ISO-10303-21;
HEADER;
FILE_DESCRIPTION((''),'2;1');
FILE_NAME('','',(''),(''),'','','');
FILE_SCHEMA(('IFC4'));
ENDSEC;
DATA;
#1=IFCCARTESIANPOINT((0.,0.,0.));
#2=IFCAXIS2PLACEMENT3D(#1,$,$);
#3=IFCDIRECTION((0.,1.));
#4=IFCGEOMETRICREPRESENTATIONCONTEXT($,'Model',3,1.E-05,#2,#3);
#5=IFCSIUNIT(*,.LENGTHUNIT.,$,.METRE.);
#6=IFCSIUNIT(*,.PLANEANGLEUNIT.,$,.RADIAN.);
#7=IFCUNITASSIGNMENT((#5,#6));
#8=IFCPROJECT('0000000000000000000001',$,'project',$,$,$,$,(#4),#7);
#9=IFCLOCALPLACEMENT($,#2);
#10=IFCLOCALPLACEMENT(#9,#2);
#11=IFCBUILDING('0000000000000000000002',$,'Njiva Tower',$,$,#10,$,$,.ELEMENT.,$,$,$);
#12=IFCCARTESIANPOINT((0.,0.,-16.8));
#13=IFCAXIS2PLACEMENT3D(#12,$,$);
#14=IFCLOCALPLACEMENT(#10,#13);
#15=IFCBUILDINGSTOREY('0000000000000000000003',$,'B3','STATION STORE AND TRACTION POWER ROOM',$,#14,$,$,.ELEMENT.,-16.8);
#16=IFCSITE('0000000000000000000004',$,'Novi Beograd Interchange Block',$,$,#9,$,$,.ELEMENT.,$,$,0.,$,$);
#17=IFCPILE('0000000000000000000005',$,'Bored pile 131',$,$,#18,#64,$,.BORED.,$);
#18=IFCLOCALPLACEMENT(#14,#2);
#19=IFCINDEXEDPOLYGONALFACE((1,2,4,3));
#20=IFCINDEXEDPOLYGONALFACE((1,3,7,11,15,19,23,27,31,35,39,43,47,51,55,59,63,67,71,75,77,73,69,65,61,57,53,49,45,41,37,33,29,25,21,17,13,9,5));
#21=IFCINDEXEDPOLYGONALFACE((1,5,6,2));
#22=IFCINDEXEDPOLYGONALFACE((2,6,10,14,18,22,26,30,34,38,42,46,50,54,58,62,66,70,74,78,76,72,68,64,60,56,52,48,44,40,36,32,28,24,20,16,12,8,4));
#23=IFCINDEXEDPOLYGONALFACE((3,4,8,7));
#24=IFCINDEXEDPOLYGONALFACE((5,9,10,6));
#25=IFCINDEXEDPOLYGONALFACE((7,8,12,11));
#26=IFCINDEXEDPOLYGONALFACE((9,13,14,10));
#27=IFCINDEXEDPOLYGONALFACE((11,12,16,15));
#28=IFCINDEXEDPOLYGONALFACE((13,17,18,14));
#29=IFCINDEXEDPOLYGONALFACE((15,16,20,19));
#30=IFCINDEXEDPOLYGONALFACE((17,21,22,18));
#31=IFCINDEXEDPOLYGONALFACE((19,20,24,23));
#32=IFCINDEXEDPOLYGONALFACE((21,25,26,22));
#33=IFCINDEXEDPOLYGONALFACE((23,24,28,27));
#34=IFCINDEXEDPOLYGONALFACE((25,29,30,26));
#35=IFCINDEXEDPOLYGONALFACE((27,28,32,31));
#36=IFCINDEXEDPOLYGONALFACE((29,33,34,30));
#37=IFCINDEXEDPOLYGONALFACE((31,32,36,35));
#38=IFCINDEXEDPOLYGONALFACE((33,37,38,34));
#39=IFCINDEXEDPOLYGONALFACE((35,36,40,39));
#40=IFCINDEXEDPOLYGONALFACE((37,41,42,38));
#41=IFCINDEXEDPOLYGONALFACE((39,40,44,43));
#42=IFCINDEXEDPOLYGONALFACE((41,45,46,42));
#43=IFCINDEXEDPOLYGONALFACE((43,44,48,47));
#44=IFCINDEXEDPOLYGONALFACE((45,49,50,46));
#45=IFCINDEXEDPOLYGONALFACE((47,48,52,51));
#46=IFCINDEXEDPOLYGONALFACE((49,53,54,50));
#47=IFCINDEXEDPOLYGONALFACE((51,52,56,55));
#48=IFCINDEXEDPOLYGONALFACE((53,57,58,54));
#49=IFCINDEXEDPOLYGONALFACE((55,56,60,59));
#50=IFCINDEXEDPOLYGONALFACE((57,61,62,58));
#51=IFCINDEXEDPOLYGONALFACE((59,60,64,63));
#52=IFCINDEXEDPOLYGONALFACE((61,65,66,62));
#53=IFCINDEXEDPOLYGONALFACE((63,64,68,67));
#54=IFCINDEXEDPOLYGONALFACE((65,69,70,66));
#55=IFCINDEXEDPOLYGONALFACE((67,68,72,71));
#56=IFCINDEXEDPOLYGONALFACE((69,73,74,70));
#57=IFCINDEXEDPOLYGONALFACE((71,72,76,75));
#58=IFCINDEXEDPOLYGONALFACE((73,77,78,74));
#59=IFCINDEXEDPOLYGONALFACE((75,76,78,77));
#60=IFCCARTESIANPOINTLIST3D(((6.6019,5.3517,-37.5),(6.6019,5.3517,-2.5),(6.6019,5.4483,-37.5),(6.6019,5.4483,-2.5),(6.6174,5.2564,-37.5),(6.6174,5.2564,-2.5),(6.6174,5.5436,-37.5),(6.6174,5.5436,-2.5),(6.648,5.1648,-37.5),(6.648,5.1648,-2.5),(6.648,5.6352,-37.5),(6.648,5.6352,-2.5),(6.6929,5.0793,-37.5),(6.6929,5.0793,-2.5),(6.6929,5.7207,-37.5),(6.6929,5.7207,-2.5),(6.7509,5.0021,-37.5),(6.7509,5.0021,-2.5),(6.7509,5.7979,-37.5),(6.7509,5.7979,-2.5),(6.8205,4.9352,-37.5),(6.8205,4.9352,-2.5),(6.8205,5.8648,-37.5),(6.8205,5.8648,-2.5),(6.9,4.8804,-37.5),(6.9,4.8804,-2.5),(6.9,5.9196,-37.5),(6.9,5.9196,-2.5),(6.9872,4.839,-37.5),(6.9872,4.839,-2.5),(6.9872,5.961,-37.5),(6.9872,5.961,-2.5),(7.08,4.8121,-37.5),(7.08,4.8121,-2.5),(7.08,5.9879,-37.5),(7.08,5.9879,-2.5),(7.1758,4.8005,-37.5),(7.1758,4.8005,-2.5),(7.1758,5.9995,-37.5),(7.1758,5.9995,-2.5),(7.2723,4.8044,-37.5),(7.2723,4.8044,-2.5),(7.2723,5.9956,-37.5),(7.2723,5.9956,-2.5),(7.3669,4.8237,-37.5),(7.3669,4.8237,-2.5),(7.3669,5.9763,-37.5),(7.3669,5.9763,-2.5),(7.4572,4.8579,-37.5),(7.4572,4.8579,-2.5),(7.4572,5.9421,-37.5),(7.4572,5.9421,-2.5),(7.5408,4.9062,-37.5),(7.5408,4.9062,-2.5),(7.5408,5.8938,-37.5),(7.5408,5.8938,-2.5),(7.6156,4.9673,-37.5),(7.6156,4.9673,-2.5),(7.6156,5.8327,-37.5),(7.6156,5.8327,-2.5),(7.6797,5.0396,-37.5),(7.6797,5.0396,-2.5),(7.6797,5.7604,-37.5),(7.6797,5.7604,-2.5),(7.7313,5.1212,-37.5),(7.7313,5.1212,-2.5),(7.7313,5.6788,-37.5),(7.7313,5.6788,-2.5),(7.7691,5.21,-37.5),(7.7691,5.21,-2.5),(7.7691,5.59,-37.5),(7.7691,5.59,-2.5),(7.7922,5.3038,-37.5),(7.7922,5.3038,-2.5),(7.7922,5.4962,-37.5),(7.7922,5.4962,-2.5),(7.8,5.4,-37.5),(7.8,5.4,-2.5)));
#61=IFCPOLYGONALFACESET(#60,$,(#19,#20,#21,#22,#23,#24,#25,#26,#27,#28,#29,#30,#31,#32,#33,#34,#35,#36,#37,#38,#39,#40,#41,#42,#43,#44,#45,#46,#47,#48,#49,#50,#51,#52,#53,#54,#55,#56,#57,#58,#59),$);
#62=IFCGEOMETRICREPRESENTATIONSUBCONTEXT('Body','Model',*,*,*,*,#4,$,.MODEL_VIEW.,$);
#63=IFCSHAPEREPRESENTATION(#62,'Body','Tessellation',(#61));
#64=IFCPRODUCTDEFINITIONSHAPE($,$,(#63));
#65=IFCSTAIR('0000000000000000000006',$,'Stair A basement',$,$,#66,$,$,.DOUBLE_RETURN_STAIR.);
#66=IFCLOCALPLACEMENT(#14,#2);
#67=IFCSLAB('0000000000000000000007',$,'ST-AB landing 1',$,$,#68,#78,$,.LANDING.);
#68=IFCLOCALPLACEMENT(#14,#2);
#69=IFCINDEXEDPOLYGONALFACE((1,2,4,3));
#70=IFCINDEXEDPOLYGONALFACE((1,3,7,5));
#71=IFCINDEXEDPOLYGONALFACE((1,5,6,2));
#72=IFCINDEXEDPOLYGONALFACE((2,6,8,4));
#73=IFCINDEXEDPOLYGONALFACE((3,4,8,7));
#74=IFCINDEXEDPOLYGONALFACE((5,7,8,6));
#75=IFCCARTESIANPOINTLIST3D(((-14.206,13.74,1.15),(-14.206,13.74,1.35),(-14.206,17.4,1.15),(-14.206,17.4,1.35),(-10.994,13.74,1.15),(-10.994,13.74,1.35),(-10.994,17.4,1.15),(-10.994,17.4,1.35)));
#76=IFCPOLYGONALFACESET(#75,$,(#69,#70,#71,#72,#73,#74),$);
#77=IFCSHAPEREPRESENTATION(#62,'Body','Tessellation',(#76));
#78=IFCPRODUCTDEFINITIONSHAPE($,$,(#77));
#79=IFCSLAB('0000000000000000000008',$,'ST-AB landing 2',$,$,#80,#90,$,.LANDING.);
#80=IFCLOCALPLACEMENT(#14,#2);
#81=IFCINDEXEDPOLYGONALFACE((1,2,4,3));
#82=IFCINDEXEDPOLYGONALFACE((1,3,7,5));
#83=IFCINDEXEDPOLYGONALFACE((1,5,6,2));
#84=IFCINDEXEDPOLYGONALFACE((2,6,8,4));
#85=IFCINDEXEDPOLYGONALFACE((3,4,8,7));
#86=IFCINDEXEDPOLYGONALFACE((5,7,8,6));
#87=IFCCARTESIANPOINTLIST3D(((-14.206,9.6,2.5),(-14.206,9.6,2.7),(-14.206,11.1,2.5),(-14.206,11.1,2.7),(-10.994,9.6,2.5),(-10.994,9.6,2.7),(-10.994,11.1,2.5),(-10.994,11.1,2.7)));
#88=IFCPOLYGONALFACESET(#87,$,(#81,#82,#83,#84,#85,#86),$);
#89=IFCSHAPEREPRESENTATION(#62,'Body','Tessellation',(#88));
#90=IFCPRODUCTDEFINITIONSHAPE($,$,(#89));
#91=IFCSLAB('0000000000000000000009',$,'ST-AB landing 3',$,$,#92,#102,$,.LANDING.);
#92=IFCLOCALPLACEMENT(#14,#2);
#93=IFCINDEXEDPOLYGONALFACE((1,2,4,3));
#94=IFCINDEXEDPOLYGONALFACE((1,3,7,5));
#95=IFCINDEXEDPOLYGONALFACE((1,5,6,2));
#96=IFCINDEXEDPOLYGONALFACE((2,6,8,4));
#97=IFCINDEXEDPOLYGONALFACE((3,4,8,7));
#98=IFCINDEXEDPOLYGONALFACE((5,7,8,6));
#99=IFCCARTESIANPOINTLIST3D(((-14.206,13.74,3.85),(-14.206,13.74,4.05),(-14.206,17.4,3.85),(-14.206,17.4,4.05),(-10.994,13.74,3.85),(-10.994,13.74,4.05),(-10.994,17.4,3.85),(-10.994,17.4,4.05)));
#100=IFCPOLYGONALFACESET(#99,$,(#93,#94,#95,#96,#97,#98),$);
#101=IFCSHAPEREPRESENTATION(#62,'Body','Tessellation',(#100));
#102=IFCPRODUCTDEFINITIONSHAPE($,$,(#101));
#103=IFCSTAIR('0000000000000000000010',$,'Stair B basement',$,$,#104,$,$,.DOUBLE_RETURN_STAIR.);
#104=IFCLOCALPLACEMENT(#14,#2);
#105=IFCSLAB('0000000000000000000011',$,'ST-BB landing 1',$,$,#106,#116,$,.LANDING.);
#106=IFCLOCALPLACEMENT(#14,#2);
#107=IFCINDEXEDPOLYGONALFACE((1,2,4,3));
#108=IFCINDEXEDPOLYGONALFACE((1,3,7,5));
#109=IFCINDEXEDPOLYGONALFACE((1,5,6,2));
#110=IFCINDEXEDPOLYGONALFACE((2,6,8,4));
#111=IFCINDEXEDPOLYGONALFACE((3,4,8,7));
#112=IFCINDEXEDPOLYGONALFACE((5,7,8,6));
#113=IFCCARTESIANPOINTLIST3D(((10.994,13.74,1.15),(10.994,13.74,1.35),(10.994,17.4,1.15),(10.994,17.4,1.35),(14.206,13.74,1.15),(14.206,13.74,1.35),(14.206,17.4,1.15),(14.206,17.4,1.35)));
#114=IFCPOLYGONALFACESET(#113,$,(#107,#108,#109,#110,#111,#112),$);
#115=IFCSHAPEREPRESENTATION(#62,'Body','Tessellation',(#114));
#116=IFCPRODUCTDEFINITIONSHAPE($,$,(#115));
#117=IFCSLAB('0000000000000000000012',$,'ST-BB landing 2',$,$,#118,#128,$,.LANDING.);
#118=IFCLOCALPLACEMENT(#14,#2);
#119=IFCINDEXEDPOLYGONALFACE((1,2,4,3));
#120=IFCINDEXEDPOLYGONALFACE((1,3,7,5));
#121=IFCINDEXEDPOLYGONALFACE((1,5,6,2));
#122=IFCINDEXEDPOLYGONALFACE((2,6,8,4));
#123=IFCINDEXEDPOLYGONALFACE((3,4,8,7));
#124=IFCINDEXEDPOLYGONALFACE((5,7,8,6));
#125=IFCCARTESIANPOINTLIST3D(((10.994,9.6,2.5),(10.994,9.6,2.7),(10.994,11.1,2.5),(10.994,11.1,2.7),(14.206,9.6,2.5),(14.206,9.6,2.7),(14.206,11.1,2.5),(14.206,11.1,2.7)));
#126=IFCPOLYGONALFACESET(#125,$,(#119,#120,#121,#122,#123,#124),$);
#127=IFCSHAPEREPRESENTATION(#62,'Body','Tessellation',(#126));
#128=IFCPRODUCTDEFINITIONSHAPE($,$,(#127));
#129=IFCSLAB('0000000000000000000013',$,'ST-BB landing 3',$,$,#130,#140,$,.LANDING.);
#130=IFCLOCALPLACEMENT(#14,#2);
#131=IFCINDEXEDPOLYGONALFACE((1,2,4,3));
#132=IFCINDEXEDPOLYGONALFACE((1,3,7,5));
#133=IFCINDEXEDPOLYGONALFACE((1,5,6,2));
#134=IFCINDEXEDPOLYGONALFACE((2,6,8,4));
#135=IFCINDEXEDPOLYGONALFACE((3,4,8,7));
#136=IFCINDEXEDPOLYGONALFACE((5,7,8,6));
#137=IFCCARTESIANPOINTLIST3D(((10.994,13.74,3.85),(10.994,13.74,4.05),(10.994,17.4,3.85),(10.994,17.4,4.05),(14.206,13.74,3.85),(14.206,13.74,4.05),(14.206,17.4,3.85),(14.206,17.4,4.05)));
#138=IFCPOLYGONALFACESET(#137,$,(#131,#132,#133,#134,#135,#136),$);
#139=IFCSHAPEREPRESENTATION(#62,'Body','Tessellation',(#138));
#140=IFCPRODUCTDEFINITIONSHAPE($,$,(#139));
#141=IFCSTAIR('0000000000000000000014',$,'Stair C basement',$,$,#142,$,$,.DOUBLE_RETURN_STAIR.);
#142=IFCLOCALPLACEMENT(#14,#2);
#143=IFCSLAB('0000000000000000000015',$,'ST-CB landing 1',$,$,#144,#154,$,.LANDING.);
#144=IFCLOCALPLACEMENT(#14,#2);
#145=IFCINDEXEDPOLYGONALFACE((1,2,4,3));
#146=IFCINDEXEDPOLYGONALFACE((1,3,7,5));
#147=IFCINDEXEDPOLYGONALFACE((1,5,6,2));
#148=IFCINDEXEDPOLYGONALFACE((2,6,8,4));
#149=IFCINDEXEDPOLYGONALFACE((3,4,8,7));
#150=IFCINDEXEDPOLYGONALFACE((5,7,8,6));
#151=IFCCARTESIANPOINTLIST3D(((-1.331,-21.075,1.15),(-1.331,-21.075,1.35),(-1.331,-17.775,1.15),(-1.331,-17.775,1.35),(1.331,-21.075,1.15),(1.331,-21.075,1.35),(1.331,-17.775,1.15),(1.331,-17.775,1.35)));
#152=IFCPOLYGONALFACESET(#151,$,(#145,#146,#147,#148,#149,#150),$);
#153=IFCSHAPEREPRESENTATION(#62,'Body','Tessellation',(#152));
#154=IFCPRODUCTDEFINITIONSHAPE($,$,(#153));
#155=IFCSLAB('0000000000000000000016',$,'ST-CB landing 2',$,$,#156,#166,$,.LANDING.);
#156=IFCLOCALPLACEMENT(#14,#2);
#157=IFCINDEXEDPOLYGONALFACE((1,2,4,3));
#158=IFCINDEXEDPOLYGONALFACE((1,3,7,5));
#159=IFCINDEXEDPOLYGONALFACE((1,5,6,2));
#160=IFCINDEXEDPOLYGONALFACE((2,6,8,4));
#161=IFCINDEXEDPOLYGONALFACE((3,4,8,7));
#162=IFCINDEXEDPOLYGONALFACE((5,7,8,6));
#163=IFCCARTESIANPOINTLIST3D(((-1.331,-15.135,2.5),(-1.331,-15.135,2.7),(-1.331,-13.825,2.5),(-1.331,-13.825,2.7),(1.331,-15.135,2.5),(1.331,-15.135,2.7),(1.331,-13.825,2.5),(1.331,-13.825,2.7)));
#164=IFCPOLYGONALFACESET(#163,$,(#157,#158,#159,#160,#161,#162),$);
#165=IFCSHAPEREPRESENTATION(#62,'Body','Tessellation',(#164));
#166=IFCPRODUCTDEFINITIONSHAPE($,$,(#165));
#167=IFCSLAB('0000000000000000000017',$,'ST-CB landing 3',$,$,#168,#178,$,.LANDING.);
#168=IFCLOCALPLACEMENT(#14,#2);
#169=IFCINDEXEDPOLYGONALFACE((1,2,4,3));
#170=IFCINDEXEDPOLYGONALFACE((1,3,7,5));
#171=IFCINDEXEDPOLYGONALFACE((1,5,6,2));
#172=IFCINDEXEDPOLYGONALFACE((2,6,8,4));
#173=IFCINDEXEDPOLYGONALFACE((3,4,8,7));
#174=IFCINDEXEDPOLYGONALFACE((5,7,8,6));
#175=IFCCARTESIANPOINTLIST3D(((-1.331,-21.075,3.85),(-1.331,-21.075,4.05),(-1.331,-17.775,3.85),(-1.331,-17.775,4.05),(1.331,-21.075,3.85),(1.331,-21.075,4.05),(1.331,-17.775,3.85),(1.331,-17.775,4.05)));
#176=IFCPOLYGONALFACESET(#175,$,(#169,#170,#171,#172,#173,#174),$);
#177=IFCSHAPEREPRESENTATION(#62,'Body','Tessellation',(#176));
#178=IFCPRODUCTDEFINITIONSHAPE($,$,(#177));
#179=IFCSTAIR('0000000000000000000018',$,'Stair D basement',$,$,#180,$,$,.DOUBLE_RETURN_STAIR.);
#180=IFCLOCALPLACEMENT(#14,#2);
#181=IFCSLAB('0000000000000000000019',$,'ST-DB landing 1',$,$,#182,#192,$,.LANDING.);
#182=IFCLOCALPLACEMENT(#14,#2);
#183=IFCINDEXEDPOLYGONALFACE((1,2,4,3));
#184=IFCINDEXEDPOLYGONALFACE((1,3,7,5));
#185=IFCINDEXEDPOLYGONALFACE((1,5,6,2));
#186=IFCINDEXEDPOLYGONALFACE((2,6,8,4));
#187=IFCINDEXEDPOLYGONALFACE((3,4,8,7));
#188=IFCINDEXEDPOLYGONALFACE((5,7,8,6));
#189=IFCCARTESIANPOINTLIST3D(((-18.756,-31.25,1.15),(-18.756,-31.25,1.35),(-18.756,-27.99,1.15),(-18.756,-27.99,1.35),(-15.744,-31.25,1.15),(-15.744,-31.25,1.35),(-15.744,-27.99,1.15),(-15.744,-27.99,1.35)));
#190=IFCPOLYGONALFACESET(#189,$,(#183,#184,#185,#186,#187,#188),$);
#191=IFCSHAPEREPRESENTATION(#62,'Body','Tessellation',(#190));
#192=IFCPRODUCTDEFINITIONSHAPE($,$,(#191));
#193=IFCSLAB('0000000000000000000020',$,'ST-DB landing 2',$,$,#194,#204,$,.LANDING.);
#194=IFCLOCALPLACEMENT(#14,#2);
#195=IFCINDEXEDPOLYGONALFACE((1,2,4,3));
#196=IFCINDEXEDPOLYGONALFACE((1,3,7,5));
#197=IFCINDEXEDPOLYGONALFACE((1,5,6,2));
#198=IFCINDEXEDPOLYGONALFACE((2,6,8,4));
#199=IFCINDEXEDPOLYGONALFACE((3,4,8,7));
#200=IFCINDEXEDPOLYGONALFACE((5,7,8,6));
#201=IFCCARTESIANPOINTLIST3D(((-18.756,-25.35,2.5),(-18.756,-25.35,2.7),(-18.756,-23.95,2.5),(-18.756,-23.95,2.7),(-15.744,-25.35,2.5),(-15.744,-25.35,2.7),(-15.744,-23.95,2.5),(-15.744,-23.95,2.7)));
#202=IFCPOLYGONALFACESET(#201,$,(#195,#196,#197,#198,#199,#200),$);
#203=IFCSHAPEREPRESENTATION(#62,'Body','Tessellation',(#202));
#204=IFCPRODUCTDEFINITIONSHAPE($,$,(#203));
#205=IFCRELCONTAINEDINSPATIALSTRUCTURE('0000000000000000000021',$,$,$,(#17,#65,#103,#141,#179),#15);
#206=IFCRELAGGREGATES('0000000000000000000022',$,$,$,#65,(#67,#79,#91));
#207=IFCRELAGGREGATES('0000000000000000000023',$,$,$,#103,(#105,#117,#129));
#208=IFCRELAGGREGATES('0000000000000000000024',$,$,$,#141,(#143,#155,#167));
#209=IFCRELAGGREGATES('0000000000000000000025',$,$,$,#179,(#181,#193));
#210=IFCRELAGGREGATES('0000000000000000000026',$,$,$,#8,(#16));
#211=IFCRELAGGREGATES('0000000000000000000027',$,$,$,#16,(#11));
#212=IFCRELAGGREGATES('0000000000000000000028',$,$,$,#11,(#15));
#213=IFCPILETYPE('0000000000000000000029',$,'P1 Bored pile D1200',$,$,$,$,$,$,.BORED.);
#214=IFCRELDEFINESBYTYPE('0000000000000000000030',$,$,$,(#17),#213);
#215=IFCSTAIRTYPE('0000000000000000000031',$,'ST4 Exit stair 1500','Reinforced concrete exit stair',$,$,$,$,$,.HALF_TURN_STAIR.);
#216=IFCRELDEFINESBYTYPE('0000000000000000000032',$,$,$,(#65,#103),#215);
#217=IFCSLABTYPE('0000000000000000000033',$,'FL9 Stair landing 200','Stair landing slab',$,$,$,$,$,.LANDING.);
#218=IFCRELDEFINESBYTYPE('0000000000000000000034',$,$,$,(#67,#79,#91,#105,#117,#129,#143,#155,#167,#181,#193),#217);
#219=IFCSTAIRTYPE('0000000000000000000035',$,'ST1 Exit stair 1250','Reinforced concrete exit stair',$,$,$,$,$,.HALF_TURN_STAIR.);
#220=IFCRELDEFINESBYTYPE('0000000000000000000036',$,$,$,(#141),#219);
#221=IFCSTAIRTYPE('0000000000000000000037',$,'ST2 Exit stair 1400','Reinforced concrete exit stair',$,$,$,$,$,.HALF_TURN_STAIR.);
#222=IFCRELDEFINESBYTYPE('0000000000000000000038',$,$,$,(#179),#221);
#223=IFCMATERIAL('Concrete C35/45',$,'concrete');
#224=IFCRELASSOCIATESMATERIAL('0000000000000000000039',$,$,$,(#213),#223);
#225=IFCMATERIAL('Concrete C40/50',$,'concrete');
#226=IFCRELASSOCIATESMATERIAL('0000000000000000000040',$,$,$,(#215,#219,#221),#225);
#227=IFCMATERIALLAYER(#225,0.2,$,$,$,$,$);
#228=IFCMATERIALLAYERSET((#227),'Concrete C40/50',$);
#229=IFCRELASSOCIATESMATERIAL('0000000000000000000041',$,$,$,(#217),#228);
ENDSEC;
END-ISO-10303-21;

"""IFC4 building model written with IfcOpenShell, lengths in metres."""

from ifc_helpers import new_model, si_unit, direction, frame, origin, origin_2d, place, context, subcontext, project, spatial, polyline, circle, outline, extrude, material, layer, layer_set, material_profile, profile_set, type_object, element, aggregate, save


model = new_model("IFC4")

# Units and contexts
model_context = context("Model", 3, precision=1e-05, world=origin(), true_north=direction((0.0, 1.0)))
body_context = subcontext(model_context, "Body", "Model", "MODEL_VIEW")
ifc_project = project(units=[si_unit("LENGTHUNIT", "METRE"), si_unit("PLANEANGLEUNIT", "RADIAN")], contexts=[model_context])

# Site, building, storey
site_placement = place(None, origin())
site = spatial("IfcSite", under=ifc_project, at=site_placement, Name="Novi Beograd Interchange Block", CompositionType="ELEMENT", RefElevation=0.0)
building_placement = place(site_placement, origin())
building = spatial("IfcBuilding", under=site, at=building_placement, Name="Njiva Tower", CompositionType="ELEMENT")
storey_placement = place(building_placement, frame((0.0, 0.0, -16.8)))
storey = spatial("IfcBuildingStorey", under=building, at=storey_placement, Name="B3", Description="STATION STORE AND TRACTION POWER ROOM", CompositionType="ELEMENT", Elevation=-16.8)

# Pile
ifc_material_1 = material(Name="Concrete C35/45", Category="concrete")
ifc_material_profile = material_profile(ifc_material_1, circle(Radius=0.6, at=origin_2d()), Name="D1200")
ifc_profile_set = profile_set([ifc_material_profile], Name="Concrete C35/45")
pile_type = type_object("IfcPileType", Name="P1 Bored pile D1200", PredefinedType="BORED", material=ifc_profile_set)
for number, where, z_axis, x_axis, name in (
    (1, (7.2, 5.4, -2.5), (0.0, 0.0, -1.0), (1.0, 0.0, 0.0), "Bored pile 131"),
):
    element("IfcPile", number, at=place(storey_placement, frame(where, z_axis=z_axis, x_axis=x_axis)), inside=storey, type_object=pile_type, Name=name, PredefinedType="BORED", context=body_context, shape_type="SweptSolid", body=[
        extrude(circle(Radius=0.6, at=origin_2d()), origin(), (0.0, 0.0, 1.0), 35.0),
    ])

# Stairs, slabs
ifc_material_2 = material(Name="Concrete C40/50", Category="concrete")
stair_type_1 = type_object("IfcStairType", Name="ST4 Exit stair 1500", Description="Reinforced concrete exit stair", PredefinedType="HALF_TURN_STAIR", material=ifc_material_2)
stair_1_placement = place(storey_placement, origin())
stair_1 = element("IfcStair", 2, at=stair_1_placement, inside=storey, type_object=stair_type_1, Name="Stair A basement", PredefinedType="DOUBLE_RETURN_STAIR")
ifc_layer_1 = layer(ifc_material_2, 0.2)
ifc_layer_set_1 = layer_set([ifc_layer_1], Name="Concrete C40/50")
slab_type = type_object("IfcSlabType", Name="FL9 Stair landing 200", Description="Stair landing slab", PredefinedType="LANDING", material=ifc_layer_set_1)
slab_1_placement = place(storey_placement, frame((0.0, 0.0, 1.15)))
slab_1 = element("IfcSlab", 3, at=slab_1_placement, type_object=slab_type, Name="ST-AB landing 1", PredefinedType="LANDING", context=body_context, shape_type="SweptSolid", body=[
    extrude(outline(polyline([(-14.206, 13.74), (-10.994, 13.74), (-10.994, 17.4), (-14.206, 17.4), (-14.206, 13.74)])), origin(), (0.0, 0.0, 1.0), 0.2),
])
slab_2_placement = place(storey_placement, frame((0.0, 0.0, 2.5)))
slab_2 = element("IfcSlab", 4, at=slab_2_placement, type_object=slab_type, Name="ST-AB landing 2", PredefinedType="LANDING", context=body_context, shape_type="SweptSolid", body=[
    extrude(outline(polyline([(-14.206, 9.6), (-10.994, 9.6), (-10.994, 11.1), (-14.206, 11.1), (-14.206, 9.6)])), origin(), (0.0, 0.0, 1.0), 0.2),
])
slab_3_placement = place(storey_placement, frame((0.0, 0.0, 3.85)))
slab_3 = element("IfcSlab", 5, at=slab_3_placement, type_object=slab_type, Name="ST-AB landing 3", PredefinedType="LANDING", context=body_context, shape_type="SweptSolid", body=[
    extrude(outline(polyline([(-14.206, 13.74), (-10.994, 13.74), (-10.994, 17.4), (-14.206, 17.4), (-14.206, 13.74)])), origin(), (0.0, 0.0, 1.0), 0.2),
])
aggregate(stair_1, [slab_1, slab_2, slab_3])
stair_2_placement = place(storey_placement, origin())
stair_2 = element("IfcStair", 6, at=stair_2_placement, inside=storey, type_object=stair_type_1, Name="Stair B basement", PredefinedType="DOUBLE_RETURN_STAIR")
slab_4_placement = place(storey_placement, frame((0.0, 0.0, 1.15)))
slab_4 = element("IfcSlab", 7, at=slab_4_placement, type_object=slab_type, Name="ST-BB landing 1", PredefinedType="LANDING", context=body_context, shape_type="SweptSolid", body=[
    extrude(outline(polyline([(10.994, 13.74), (14.206, 13.74), (14.206, 17.4), (10.994, 17.4), (10.994, 13.74)])), origin(), (0.0, 0.0, 1.0), 0.2),
])
slab_5_placement = place(storey_placement, frame((0.0, 0.0, 2.5)))
slab_5 = element("IfcSlab", 8, at=slab_5_placement, type_object=slab_type, Name="ST-BB landing 2", PredefinedType="LANDING", context=body_context, shape_type="SweptSolid", body=[
    extrude(outline(polyline([(10.994, 9.6), (14.206, 9.6), (14.206, 11.1), (10.994, 11.1), (10.994, 9.6)])), origin(), (0.0, 0.0, 1.0), 0.2),
])
slab_6_placement = place(storey_placement, frame((0.0, 0.0, 3.85)))
slab_6 = element("IfcSlab", 9, at=slab_6_placement, type_object=slab_type, Name="ST-BB landing 3", PredefinedType="LANDING", context=body_context, shape_type="SweptSolid", body=[
    extrude(outline(polyline([(10.994, 13.74), (14.206, 13.74), (14.206, 17.4), (10.994, 17.4), (10.994, 13.74)])), origin(), (0.0, 0.0, 1.0), 0.2),
])
aggregate(stair_2, [slab_4, slab_5, slab_6])
stair_type_2 = type_object("IfcStairType", Name="ST1 Exit stair 1250", Description="Reinforced concrete exit stair", PredefinedType="HALF_TURN_STAIR", material=ifc_material_2)
stair_3_placement = place(storey_placement, origin())
stair_3 = element("IfcStair", 10, at=stair_3_placement, inside=storey, type_object=stair_type_2, Name="Stair C basement", PredefinedType="DOUBLE_RETURN_STAIR")
slab_7_placement = place(storey_placement, frame((0.0, 0.0, 1.15)))
slab_7 = element("IfcSlab", 11, at=slab_7_placement, type_object=slab_type, Name="ST-CB landing 1", PredefinedType="LANDING", context=body_context, shape_type="SweptSolid", body=[
    extrude(outline(polyline([(-1.331, -21.075), (1.331, -21.075), (1.331, -17.775), (-1.331, -17.775), (-1.331, -21.075)])), origin(), (0.0, 0.0, 1.0), 0.2),
])
slab_8_placement = place(storey_placement, frame((0.0, 0.0, 2.5)))
slab_8 = element("IfcSlab", 12, at=slab_8_placement, type_object=slab_type, Name="ST-CB landing 2", PredefinedType="LANDING", context=body_context, shape_type="SweptSolid", body=[
    extrude(outline(polyline([(-1.331, -15.135), (1.331, -15.135), (1.331, -13.825), (-1.331, -13.825), (-1.331, -15.135)])), origin(), (0.0, 0.0, 1.0), 0.2),
])
slab_9_placement = place(storey_placement, frame((0.0, 0.0, 3.85)))
slab_9 = element("IfcSlab", 13, at=slab_9_placement, type_object=slab_type, Name="ST-CB landing 3", PredefinedType="LANDING", context=body_context, shape_type="SweptSolid", body=[
    extrude(outline(polyline([(-1.331, -21.075), (1.331, -21.075), (1.331, -17.775), (-1.331, -17.775), (-1.331, -21.075)])), origin(), (0.0, 0.0, 1.0), 0.2),
])
aggregate(stair_3, [slab_7, slab_8, slab_9])
stair_type_3 = type_object("IfcStairType", Name="ST2 Exit stair 1400", Description="Reinforced concrete exit stair", PredefinedType="HALF_TURN_STAIR", material=ifc_material_2)
stair_4_placement = place(storey_placement, origin())
stair_4 = element("IfcStair", 14, at=stair_4_placement, inside=storey, type_object=stair_type_3, Name="Stair D basement", PredefinedType="DOUBLE_RETURN_STAIR")
slab_10_placement = place(storey_placement, frame((0.0, 0.0, 1.15)))
slab_10 = element("IfcSlab", 15, at=slab_10_placement, type_object=slab_type, Name="ST-DB landing 1", PredefinedType="LANDING", context=body_context, shape_type="SweptSolid", body=[
    extrude(outline(polyline([(-18.756, -31.25), (-15.744, -31.25), (-15.744, -27.99), (-18.756, -27.99), (-18.756, -31.25)])), origin(), (0.0, 0.0, 1.0), 0.2),
])
slab_11_placement = place(storey_placement, frame((0.0, 0.0, 2.5)))
slab_11 = element("IfcSlab", 16, at=slab_11_placement, type_object=slab_type, Name="ST-DB landing 2", PredefinedType="LANDING", context=body_context, shape_type="SweptSolid", body=[
    extrude(outline(polyline([(-18.756, -25.35), (-15.744, -25.35), (-15.744, -23.95), (-18.756, -23.95), (-18.756, -25.35)])), origin(), (0.0, 0.0, 1.0), 0.2),
])
aggregate(stair_4, [slab_10, slab_11])

save(model, "model.ifc")
